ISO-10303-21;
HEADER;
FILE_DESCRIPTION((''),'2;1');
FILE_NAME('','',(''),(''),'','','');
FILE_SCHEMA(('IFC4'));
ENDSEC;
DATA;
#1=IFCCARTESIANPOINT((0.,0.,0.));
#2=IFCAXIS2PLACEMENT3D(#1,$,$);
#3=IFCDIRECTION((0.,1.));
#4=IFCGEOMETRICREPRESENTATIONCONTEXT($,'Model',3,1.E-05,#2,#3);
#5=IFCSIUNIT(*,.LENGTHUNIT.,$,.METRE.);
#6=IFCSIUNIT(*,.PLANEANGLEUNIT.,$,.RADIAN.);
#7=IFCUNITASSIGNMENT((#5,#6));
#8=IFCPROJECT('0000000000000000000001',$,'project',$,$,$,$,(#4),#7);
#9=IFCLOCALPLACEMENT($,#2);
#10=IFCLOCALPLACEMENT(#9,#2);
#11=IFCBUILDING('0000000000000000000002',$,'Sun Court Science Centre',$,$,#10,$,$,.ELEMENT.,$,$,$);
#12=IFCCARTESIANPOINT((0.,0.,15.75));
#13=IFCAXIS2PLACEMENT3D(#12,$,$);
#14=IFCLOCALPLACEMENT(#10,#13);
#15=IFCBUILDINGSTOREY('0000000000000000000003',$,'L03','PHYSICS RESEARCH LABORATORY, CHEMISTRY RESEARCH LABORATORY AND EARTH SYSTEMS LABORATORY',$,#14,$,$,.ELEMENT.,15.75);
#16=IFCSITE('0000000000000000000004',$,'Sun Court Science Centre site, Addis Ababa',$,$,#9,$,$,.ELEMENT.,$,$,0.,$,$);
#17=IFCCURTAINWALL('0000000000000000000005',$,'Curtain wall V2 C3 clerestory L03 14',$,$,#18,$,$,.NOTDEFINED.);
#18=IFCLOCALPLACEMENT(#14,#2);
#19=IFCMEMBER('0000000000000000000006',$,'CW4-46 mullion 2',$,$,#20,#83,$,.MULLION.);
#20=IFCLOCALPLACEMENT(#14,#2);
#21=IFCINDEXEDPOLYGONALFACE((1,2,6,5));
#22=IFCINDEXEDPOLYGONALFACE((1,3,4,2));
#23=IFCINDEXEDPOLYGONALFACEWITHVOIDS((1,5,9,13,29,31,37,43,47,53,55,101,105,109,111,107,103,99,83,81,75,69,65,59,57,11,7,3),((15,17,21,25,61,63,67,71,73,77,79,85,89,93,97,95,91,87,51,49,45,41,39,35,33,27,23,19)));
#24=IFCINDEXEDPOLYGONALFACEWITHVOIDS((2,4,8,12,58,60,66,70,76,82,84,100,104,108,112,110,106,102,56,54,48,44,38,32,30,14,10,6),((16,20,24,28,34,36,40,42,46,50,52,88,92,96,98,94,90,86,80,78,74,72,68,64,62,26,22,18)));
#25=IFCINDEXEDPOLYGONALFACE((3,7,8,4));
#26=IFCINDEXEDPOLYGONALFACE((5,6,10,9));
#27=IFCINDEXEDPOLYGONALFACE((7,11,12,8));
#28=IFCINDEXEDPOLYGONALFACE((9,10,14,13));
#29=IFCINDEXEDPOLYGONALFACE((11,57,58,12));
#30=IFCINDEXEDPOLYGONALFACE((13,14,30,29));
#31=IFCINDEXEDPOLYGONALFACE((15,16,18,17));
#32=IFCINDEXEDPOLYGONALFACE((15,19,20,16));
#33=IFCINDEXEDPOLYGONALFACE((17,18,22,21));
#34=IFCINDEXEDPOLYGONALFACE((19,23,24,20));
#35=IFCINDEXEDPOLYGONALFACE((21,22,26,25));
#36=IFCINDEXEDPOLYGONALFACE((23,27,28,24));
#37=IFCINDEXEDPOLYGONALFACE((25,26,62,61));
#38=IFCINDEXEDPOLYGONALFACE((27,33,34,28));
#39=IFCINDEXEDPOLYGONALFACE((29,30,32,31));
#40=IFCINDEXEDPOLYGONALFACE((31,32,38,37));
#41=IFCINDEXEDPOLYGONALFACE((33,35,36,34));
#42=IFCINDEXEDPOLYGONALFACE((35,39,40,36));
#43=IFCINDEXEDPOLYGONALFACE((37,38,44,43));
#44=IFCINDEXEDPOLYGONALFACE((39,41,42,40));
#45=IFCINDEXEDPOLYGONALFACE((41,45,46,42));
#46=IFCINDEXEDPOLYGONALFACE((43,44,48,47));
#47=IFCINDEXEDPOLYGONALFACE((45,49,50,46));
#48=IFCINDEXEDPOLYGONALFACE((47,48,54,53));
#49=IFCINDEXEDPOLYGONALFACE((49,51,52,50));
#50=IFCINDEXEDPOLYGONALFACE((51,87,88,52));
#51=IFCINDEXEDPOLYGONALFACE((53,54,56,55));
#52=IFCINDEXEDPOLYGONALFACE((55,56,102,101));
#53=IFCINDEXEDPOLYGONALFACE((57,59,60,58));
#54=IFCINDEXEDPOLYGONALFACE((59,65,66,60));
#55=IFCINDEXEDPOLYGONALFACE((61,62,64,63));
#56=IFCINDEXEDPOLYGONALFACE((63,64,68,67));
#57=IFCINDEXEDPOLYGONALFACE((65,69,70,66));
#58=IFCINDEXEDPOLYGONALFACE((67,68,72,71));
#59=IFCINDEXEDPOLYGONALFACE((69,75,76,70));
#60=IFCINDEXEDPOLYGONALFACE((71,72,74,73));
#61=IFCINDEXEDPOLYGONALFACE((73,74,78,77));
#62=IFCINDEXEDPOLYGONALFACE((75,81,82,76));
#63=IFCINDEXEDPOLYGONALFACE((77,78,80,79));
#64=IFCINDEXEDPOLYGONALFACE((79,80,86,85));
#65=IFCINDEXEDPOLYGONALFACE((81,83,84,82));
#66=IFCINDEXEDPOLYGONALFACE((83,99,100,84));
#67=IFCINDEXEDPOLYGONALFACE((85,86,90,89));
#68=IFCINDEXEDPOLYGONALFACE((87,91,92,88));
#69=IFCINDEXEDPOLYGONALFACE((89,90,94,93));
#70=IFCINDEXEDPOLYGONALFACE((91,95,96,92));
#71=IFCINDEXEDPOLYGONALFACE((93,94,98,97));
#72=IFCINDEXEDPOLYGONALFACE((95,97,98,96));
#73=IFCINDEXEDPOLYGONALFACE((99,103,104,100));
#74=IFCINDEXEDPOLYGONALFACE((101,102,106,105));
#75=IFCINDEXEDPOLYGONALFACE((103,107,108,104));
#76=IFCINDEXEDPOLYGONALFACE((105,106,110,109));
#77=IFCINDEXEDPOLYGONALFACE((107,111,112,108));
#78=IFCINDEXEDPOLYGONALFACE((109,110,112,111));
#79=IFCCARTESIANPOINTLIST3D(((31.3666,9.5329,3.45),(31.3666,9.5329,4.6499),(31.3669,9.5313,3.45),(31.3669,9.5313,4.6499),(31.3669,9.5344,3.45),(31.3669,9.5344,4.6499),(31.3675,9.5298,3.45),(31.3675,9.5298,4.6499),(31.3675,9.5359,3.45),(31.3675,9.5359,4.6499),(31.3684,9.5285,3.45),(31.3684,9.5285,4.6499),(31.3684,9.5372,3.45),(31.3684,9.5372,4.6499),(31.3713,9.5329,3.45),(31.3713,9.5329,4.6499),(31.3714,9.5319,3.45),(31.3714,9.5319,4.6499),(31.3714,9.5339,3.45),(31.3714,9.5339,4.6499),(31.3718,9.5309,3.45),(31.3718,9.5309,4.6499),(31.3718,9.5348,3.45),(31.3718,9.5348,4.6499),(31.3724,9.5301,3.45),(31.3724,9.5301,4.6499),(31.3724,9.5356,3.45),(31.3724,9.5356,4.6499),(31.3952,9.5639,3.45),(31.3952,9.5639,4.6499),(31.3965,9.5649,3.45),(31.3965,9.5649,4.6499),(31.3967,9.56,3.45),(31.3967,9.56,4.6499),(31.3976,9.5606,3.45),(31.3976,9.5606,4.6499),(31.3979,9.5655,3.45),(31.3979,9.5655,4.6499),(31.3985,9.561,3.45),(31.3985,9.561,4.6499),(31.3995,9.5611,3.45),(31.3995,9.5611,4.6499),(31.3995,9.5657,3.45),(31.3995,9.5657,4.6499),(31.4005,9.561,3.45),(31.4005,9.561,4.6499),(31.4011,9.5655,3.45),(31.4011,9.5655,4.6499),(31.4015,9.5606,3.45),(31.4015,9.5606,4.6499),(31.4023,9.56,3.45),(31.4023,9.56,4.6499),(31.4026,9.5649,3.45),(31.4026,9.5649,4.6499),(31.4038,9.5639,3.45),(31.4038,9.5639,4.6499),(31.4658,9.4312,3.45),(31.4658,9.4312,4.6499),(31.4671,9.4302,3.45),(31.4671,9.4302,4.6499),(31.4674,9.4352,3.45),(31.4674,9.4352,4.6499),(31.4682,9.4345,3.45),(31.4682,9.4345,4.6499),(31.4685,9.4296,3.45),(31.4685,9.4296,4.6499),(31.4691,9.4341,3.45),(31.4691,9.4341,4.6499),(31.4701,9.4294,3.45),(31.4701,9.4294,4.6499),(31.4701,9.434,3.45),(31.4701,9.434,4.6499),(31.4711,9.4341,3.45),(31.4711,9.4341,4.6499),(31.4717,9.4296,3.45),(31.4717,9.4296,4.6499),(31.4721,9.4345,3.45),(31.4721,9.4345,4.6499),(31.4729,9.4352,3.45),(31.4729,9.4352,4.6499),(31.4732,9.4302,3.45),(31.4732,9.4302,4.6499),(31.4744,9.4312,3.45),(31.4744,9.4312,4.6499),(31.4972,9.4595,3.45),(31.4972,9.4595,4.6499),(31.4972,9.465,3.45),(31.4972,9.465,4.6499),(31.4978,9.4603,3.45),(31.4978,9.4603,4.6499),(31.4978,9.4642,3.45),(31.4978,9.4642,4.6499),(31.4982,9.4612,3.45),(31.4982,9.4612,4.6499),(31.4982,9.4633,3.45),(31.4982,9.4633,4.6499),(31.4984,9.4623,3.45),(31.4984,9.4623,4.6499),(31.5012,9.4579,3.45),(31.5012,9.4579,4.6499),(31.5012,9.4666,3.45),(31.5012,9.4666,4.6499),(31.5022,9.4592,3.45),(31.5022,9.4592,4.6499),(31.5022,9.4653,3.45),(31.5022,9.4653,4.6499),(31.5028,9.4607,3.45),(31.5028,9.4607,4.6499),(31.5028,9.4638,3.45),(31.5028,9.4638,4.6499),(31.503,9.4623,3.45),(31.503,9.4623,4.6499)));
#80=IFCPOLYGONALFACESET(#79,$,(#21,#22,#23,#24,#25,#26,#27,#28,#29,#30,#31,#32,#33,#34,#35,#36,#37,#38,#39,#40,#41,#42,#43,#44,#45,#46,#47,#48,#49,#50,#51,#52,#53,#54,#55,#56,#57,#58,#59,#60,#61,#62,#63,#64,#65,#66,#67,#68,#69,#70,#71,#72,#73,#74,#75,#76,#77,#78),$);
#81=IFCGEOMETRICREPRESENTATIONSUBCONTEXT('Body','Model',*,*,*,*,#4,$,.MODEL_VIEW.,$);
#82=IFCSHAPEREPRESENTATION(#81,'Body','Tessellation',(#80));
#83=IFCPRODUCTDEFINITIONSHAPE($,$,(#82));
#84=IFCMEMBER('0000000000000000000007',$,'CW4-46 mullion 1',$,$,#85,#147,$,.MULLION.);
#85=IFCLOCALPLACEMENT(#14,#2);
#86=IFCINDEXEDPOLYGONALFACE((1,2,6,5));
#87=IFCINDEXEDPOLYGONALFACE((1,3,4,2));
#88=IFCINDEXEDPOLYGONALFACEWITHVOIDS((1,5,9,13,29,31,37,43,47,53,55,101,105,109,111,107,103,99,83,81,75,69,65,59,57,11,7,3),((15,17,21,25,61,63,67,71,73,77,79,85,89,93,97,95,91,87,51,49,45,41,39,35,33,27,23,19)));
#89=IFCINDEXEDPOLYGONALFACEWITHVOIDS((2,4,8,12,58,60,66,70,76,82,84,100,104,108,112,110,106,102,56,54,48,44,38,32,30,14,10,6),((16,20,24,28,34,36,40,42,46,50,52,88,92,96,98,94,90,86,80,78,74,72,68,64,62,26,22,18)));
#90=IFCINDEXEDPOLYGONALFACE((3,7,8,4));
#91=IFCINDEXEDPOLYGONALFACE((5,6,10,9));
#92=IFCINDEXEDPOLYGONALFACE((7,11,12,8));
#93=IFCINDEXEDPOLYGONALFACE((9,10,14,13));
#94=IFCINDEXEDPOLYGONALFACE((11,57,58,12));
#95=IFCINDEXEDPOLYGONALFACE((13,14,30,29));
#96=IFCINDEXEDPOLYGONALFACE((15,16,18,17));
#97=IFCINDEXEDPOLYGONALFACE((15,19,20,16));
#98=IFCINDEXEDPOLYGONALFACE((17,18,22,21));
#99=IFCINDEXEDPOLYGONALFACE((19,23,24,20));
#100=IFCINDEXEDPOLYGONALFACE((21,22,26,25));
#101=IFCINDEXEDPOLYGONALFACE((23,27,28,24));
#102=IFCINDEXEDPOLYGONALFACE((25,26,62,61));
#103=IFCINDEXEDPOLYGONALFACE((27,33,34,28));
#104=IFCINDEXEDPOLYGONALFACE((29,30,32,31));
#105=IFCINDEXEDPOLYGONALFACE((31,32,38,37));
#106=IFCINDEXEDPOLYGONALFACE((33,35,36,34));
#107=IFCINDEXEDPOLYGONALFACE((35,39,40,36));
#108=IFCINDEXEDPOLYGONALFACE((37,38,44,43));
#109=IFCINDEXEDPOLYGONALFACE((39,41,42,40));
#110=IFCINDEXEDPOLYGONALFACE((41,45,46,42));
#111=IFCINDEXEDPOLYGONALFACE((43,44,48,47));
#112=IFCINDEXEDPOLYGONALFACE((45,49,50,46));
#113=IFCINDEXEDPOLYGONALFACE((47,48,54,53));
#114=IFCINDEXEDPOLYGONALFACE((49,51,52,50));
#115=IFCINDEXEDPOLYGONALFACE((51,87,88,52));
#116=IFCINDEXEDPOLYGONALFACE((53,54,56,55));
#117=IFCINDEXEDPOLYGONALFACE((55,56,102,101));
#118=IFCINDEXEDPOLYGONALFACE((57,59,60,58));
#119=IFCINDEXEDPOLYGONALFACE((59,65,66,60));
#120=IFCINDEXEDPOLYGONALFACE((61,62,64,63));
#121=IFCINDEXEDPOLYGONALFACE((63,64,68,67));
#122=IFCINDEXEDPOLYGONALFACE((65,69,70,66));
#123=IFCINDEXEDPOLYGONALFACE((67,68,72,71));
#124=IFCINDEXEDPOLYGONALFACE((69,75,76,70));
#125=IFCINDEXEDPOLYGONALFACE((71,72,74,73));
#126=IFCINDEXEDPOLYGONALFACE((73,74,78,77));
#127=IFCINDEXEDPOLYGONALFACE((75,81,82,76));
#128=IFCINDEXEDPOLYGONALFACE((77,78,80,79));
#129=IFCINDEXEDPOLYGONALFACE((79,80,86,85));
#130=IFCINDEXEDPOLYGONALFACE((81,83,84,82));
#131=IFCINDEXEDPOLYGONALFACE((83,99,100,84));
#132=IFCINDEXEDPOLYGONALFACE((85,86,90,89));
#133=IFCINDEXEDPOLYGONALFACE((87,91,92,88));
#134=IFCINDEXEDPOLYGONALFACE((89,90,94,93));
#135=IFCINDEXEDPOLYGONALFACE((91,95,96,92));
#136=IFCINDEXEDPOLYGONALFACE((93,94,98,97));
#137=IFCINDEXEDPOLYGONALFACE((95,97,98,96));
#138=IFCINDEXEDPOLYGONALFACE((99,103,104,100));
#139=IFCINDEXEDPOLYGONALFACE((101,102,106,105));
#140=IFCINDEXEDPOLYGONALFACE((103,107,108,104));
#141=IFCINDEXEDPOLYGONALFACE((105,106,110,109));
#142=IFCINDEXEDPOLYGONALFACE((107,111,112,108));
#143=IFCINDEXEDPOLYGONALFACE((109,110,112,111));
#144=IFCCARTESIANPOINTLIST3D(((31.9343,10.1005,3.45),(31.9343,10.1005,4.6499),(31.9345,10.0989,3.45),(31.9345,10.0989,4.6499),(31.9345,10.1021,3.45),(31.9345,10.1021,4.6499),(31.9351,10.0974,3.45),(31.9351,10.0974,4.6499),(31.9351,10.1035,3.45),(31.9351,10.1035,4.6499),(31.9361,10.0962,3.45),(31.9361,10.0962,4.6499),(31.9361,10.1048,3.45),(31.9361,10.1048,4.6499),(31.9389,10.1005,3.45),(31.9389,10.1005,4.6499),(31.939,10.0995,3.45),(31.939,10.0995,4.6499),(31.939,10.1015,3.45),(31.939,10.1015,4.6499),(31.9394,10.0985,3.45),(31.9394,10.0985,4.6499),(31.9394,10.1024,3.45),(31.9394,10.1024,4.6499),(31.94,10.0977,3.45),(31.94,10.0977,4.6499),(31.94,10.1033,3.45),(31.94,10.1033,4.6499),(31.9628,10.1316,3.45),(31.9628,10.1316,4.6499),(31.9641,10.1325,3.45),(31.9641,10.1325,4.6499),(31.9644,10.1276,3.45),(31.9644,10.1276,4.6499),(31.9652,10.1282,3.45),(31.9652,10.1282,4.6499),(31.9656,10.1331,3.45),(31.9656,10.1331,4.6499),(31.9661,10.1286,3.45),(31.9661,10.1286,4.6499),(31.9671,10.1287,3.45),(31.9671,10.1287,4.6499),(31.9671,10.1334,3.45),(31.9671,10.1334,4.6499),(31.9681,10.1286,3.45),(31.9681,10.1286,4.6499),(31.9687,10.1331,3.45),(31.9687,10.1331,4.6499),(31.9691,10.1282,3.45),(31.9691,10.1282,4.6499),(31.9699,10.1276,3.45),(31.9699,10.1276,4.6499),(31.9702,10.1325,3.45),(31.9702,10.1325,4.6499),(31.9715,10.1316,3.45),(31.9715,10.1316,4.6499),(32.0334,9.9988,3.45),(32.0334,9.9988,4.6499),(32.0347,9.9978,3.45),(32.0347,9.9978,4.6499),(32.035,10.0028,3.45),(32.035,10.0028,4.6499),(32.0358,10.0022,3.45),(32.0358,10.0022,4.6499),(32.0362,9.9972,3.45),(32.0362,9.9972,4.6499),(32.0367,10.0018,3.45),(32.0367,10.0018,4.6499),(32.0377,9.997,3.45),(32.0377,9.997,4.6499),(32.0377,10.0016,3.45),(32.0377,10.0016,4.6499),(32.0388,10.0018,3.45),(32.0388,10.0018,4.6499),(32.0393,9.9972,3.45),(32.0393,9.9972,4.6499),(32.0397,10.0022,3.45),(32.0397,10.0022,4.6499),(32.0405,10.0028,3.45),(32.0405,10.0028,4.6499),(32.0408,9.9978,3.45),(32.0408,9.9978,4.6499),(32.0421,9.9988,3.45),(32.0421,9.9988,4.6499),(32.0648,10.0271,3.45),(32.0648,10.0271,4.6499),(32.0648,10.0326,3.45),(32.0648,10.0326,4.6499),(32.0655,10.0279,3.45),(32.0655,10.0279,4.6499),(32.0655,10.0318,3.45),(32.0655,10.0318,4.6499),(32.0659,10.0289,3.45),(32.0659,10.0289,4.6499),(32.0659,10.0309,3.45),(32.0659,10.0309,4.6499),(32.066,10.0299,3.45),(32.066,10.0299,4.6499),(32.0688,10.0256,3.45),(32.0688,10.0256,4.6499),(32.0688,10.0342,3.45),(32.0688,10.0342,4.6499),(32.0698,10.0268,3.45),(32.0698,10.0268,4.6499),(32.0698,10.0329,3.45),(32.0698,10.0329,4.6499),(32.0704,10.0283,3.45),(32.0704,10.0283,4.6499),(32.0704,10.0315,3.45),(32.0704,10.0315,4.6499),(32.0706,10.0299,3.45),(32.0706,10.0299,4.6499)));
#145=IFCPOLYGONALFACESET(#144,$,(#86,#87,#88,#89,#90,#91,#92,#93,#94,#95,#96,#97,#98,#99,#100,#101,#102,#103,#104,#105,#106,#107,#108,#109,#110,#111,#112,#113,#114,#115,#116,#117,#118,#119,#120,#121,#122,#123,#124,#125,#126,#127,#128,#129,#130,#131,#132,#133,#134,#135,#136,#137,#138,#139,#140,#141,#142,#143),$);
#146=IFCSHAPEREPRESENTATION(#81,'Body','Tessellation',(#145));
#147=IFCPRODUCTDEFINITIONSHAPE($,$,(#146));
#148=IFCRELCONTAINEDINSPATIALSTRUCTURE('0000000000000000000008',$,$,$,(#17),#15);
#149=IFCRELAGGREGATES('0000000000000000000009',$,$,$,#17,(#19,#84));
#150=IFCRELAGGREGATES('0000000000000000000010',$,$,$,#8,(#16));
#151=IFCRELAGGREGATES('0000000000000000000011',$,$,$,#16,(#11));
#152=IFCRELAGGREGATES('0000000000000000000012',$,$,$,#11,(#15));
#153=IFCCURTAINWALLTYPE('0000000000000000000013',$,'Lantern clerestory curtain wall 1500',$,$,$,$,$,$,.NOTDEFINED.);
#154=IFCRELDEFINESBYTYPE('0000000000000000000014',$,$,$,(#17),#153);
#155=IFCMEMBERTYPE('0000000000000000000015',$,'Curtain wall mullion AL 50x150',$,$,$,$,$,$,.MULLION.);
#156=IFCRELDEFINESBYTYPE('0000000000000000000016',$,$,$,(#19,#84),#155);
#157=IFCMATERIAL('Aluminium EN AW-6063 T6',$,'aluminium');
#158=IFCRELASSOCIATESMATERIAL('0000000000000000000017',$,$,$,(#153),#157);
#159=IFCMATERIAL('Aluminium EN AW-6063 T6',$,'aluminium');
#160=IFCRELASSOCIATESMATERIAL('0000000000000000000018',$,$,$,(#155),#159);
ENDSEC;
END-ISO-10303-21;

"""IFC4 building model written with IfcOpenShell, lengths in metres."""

from ifc_helpers import new_model, si_unit, direction, frame, origin, origin_2d, place, context, subcontext, project, spatial, hollow_rectangle, extrude, material, material_profile, profile_set, type_object, element, aggregate, save


model = new_model("IFC4")

# Units and contexts
model_context = context("Model", 3, precision=1e-05, world=origin(), true_north=direction((0.0, 1.0)))
body_context = subcontext(model_context, "Body", "Model", "MODEL_VIEW")
ifc_project = project(units=[si_unit("LENGTHUNIT", "METRE"), si_unit("PLANEANGLEUNIT", "RADIAN")], contexts=[model_context])

# Site, building, storey
site_placement = place(None, origin())
site = spatial("IfcSite", under=ifc_project, at=site_placement, Name="Sun Court Science Centre site, Addis Ababa", CompositionType="ELEMENT", RefElevation=0.0)
building_placement = place(site_placement, origin())
building = spatial("IfcBuilding", under=site, at=building_placement, Name="Sun Court Science Centre", CompositionType="ELEMENT")
storey_placement = place(building_placement, frame((0.0, 0.0, 15.75)))
storey = spatial("IfcBuildingStorey", under=building, at=storey_placement, Name="L03", Description="PHYSICS RESEARCH LABORATORY, CHEMISTRY RESEARCH LABORATORY AND EARTH SYSTEMS LABORATORY", CompositionType="ELEMENT", Elevation=15.75)

# Shared definitions
ifc_material_1 = material(Name="Aluminium EN AW-6063 T6", Category="aluminium")
curtain_wall_type = type_object("IfcCurtainWallType", Name="Lantern clerestory curtain wall 1500", PredefinedType="NOTDEFINED", material=ifc_material_1)
ifc_material_2 = material(Name="Aluminium EN AW-6063 T6", Category="aluminium")
ifc_material_profile_1 = material_profile(ifc_material_2, hollow_rectangle(XDim=0.05, YDim=0.1499, WallThickness=0.0039, InnerFilletRadius=0.0039, OuterFilletRadius=0.0061, at=origin_2d()), Name="AL 50x150x4")
ifc_profile_set_1 = profile_set([ifc_material_profile_1], Name="Aluminium EN AW-6063 T6")
member_type_1 = type_object("IfcMemberType", Name="Curtain wall mullion AL 50x150", PredefinedType="MULLION", material=ifc_profile_set_1)

# Curtain wall, members
curtain_wall_1_placement = place(storey_placement, origin())
curtain_wall_1 = element("IfcCurtainWall", 1, at=curtain_wall_1_placement, inside=storey, type_object=curtain_wall_type, Name="Curtain wall V2 C3 clerestory L03 14", PredefinedType="NOTDEFINED")
member_1_placement = place(storey_placement, frame((31.4348, 9.4976, 3.45), z_axis=(0.0, 0.0, 1.0), x_axis=(-0.707107, -0.707107, 0.0)))
member_1 = element("IfcMember", 2, at=member_1_placement, type_object=member_type_1, Name="CW4-46 mullion 2", PredefinedType="MULLION", context=body_context, shape_type="SweptSolid", body=[
    extrude(hollow_rectangle(XDim=0.05, YDim=0.1499, WallThickness=0.0039, InnerFilletRadius=0.0039, OuterFilletRadius=0.0061, at=origin_2d()), origin(), (0.0, 0.0, 1.0), 1.2),
])
member_2_placement = place(storey_placement, frame((32.0024, 10.0652, 3.45), z_axis=(0.0, 0.0, 1.0), x_axis=(-0.707107, -0.707107, 0.0)))
member_2 = element("IfcMember", 3, at=member_2_placement, type_object=member_type_1, Name="CW4-46 mullion 1", PredefinedType="MULLION", context=body_context, shape_type="SweptSolid", body=[
    extrude(hollow_rectangle(XDim=0.05, YDim=0.1499, WallThickness=0.0039, InnerFilletRadius=0.0039, OuterFilletRadius=0.0061, at=origin_2d()), origin(), (0.0, 0.0, 1.0), 1.2),
])
aggregate(curtain_wall_1, [member_1, member_2])

save(model, "model.ifc")
